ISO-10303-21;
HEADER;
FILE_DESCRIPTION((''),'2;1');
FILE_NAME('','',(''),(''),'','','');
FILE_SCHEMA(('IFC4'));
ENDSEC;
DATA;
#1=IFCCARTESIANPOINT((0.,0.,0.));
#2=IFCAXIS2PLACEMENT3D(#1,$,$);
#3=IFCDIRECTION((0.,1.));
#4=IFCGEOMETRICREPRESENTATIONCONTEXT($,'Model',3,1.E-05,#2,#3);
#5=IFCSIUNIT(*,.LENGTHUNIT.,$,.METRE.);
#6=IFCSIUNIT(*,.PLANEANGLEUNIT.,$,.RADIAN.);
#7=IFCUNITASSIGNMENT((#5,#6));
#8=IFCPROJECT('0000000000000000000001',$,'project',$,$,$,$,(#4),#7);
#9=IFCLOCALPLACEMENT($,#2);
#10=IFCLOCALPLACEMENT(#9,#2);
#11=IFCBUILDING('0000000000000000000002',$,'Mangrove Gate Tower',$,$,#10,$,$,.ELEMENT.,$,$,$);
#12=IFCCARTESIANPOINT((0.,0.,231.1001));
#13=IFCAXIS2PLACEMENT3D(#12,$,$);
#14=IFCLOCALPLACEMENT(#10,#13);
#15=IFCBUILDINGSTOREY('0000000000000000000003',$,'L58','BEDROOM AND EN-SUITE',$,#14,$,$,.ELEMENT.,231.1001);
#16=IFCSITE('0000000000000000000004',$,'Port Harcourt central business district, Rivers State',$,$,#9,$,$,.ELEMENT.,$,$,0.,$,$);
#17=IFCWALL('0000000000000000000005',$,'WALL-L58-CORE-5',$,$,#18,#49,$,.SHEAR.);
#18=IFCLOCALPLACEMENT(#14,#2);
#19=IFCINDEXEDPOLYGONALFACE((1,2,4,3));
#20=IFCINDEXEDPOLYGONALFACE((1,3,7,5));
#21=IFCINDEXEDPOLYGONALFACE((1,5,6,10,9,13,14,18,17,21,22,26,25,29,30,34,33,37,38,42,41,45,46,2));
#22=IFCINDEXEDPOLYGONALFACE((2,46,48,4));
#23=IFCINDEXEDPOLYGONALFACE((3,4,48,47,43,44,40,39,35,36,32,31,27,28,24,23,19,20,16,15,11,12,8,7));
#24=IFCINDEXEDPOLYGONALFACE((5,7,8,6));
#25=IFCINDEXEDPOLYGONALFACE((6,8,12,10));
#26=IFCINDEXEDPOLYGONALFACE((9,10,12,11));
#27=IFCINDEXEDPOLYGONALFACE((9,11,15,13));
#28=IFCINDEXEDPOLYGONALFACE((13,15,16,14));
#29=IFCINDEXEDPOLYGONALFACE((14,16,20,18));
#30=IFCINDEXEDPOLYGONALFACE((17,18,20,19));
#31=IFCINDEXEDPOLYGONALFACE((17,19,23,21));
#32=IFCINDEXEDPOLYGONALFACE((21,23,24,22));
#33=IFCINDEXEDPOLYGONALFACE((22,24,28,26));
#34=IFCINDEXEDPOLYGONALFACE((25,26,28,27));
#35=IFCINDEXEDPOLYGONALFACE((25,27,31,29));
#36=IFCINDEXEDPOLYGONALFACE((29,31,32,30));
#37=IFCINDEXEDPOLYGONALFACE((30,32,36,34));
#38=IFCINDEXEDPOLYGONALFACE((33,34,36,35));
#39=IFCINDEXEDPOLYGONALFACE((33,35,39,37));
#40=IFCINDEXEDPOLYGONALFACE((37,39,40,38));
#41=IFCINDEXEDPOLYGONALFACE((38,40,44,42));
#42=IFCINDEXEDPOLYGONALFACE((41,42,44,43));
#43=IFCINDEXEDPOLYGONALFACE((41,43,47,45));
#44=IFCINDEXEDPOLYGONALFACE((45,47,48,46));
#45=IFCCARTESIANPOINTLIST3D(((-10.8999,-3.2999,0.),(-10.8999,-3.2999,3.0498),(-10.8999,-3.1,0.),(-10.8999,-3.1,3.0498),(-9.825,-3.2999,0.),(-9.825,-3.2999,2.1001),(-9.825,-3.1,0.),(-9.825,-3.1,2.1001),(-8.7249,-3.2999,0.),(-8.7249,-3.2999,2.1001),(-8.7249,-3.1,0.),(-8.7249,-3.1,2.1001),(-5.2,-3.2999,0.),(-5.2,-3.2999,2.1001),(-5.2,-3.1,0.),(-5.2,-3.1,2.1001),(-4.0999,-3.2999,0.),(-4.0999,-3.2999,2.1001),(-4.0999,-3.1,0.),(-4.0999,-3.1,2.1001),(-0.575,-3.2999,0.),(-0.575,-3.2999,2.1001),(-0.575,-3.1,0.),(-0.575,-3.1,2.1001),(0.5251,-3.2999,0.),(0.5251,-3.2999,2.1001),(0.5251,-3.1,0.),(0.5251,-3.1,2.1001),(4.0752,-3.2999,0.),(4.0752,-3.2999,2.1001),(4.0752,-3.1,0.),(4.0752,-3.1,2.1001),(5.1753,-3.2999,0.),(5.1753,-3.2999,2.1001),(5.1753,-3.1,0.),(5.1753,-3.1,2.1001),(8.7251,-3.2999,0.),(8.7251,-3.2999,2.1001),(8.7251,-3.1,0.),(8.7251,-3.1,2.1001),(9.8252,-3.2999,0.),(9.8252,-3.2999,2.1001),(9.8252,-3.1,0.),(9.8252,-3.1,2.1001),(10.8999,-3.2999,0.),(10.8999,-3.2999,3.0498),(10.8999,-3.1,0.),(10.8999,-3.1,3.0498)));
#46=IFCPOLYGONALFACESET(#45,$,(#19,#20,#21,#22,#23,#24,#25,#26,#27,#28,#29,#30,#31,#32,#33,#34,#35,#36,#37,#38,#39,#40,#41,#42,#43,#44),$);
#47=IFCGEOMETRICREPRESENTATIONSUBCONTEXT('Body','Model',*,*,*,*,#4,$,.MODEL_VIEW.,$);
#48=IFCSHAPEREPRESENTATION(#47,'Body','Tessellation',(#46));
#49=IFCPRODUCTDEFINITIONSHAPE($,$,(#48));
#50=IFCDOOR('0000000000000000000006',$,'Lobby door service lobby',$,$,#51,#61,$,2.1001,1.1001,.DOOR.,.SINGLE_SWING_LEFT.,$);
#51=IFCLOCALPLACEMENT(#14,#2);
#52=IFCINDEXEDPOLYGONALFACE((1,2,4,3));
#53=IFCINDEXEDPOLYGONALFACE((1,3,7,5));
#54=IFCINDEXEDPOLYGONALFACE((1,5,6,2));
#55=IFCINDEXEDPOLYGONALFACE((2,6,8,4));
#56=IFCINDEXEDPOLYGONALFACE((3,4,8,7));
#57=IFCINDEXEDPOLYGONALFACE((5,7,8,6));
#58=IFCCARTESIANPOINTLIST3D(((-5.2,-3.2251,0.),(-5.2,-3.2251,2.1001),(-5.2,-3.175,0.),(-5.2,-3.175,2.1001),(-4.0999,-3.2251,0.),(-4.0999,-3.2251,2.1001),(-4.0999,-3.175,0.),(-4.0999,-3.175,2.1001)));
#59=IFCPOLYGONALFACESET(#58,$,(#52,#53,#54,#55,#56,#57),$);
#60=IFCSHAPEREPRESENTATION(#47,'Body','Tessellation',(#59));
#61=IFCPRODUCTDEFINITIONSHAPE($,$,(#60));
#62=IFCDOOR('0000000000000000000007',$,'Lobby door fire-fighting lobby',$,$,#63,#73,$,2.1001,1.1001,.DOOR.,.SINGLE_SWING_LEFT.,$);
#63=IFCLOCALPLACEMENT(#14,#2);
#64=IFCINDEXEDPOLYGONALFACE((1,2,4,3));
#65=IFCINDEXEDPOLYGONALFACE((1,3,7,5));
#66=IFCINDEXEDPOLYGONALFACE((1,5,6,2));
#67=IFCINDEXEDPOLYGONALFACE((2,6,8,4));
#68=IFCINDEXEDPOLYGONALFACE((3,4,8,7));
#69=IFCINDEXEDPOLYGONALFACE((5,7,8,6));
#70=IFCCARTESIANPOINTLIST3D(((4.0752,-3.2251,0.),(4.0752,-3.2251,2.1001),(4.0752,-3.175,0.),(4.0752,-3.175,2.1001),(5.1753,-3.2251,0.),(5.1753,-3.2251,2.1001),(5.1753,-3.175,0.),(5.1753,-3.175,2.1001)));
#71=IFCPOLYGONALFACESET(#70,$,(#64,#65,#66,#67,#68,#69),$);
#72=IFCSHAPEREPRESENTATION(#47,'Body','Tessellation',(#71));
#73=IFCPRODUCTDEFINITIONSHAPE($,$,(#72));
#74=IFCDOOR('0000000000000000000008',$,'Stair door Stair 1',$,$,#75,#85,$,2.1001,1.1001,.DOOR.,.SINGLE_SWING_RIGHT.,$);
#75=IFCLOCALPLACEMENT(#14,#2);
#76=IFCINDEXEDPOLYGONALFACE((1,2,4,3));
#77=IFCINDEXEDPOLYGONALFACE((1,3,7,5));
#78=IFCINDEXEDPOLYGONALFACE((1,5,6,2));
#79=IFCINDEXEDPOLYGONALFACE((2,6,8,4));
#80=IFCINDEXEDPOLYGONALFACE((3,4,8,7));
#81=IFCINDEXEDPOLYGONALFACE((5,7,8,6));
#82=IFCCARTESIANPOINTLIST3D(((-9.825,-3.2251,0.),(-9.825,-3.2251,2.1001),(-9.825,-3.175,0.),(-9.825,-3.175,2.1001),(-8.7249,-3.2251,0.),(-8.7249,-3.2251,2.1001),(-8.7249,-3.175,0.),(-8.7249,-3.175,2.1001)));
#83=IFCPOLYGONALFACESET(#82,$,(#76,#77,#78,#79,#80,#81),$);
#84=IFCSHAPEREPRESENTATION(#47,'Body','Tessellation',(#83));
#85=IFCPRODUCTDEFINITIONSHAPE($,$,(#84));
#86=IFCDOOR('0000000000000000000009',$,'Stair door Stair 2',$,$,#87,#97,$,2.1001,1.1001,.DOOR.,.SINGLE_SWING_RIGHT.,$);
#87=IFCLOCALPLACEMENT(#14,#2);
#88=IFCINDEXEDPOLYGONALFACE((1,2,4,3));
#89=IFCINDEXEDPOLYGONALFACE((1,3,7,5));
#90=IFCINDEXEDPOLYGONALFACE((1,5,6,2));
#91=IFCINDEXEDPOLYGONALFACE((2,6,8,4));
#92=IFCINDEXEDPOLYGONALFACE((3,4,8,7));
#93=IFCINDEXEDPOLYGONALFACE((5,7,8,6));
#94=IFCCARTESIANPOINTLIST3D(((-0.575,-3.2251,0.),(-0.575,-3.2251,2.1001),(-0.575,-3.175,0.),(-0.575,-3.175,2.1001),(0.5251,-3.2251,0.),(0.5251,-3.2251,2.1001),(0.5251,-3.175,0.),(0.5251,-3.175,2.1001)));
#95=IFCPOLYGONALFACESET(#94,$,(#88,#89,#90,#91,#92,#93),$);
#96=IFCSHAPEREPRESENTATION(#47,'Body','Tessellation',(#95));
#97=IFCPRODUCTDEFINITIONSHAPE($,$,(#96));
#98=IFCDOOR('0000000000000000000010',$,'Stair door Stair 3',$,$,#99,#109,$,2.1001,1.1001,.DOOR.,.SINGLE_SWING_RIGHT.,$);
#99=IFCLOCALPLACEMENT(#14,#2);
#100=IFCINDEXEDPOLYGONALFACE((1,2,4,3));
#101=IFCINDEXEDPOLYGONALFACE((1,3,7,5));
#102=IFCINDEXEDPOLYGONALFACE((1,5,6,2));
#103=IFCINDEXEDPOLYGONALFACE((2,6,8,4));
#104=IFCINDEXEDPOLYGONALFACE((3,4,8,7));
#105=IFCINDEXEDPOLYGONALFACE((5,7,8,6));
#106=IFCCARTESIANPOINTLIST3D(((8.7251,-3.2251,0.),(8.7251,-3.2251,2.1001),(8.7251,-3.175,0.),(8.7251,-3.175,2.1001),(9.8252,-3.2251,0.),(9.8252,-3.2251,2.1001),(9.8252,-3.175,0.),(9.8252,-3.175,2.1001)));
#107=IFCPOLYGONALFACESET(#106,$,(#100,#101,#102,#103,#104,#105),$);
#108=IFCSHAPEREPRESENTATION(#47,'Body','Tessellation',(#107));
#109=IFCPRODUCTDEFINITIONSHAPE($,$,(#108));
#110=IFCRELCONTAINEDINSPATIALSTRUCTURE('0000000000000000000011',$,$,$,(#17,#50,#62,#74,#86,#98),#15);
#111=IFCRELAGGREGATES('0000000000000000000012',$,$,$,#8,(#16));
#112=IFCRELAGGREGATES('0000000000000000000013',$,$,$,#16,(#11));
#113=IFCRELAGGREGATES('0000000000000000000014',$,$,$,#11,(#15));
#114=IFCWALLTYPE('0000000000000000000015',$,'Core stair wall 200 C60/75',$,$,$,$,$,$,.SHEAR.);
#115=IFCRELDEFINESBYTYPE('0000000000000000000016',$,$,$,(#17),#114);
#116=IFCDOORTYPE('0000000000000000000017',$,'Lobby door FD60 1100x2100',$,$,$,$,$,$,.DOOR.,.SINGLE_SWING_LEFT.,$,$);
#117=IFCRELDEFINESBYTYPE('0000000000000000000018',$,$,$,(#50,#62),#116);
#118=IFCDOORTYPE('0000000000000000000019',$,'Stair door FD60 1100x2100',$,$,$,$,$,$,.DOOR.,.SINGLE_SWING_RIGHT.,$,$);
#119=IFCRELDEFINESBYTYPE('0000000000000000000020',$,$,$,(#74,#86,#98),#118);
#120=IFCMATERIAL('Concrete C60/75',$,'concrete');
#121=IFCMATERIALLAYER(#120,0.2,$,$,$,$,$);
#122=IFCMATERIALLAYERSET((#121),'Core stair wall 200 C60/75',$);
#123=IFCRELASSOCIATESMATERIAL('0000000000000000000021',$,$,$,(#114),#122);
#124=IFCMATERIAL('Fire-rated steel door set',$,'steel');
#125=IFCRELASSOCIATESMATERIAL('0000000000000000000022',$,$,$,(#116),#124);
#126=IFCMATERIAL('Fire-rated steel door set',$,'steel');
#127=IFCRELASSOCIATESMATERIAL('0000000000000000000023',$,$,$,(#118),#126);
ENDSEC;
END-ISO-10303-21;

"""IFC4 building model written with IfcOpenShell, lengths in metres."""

from ifc_helpers import new_model, si_unit, direction, frame, frame_2d, origin, place, context, subcontext, project, spatial, rectangle, extrude, material, layer, layer_set, type_object, element, fill, save


model = new_model("IFC4")

# Units and contexts
model_context = context("Model", 3, precision=1e-05, world=origin(), true_north=direction((0.0, 1.0)))
body_context = subcontext(model_context, "Body", "Model", "MODEL_VIEW")
ifc_project = project(units=[si_unit("LENGTHUNIT", "METRE"), si_unit("PLANEANGLEUNIT", "RADIAN")], contexts=[model_context])

# Site, building, storey
site_placement = place(None, origin())
site = spatial("IfcSite", under=ifc_project, at=site_placement, Name="Port Harcourt central business district, Rivers State", CompositionType="ELEMENT", RefElevation=0.0)
building_placement = place(site_placement, origin())
building = spatial("IfcBuilding", under=site, at=building_placement, Name="Mangrove Gate Tower", CompositionType="ELEMENT")
storey_placement = place(building_placement, frame((0.0, 0.0, 231.1001)))
storey = spatial("IfcBuildingStorey", under=building, at=storey_placement, Name="L58", Description="BEDROOM AND EN-SUITE", CompositionType="ELEMENT", Elevation=231.1001)

# Wall, openings, doors
ifc_material_1 = material(Name="Concrete C60/75", Category="concrete")
ifc_layer_1 = layer(ifc_material_1, 0.2)
ifc_layer_set_1 = layer_set([ifc_layer_1], Name="Core stair wall 200 C60/75")
wall_type_1 = type_object("IfcWallType", Name="Core stair wall 200 C60/75", PredefinedType="SHEAR", material=ifc_layer_set_1)
wall_1_placement = place(storey_placement, frame((-10.8999, -3.2, 0.0), z_axis=(0.0, 0.0, 1.0), x_axis=(1.0, 0.0, 0.0)))
wall_1 = element("IfcWall", 1, at=wall_1_placement, inside=storey, type_object=wall_type_1, Name="WALL-L58-CORE-5", PredefinedType="SHEAR", context=body_context, shape_type="SweptSolid", body=[
    extrude(rectangle(XDim=21.7998, YDim=0.2, at=frame_2d((10.8999, 0.0))), origin(), (0.0, 0.0, 1.0), 3.0498),
])
opening_1_placement = place(wall_1_placement, frame((1.075, 0.0, 0.0)))
opening_1 = element("IfcOpeningElement", 2, at=opening_1_placement, cuts=wall_1, PredefinedType="OPENING", context=body_context, shape_type="SweptSolid", body=[
    extrude(rectangle(XDim=1.1001, YDim=2.1001, at=frame_2d((0.55, 1.05))), frame((0.0, 0.1099, 0.0), z_axis=(0.0, -1.0, 0.0), x_axis=(1.0, 0.0, 0.0)), (0.0, 0.0, 1.0), 0.22),
])
opening_2_placement = place(wall_1_placement, frame((10.325, 0.0, 0.0)))
opening_2 = element("IfcOpeningElement", 3, at=opening_2_placement, cuts=wall_1, PredefinedType="OPENING", context=body_context, shape_type="SweptSolid", body=[
    extrude(rectangle(XDim=1.1001, YDim=2.1001, at=frame_2d((0.55, 1.05))), frame((0.0, 0.1099, 0.0), z_axis=(0.0, -1.0, 0.0), x_axis=(1.0, 0.0, 0.0)), (0.0, 0.0, 1.0), 0.22),
])
opening_3_placement = place(wall_1_placement, frame((19.625, 0.0, 0.0)))
opening_3 = element("IfcOpeningElement", 4, at=opening_3_placement, cuts=wall_1, PredefinedType="OPENING", context=body_context, shape_type="SweptSolid", body=[
    extrude(rectangle(XDim=1.1001, YDim=2.1001, at=frame_2d((0.55, 1.05))), frame((0.0, 0.1099, 0.0), z_axis=(0.0, -1.0, 0.0), x_axis=(1.0, 0.0, 0.0)), (0.0, 0.0, 1.0), 0.22),
])
opening_4_placement = place(wall_1_placement, frame((5.7, 0.0, 0.0)))
opening_4 = element("IfcOpeningElement", 5, at=opening_4_placement, cuts=wall_1, PredefinedType="OPENING", context=body_context, shape_type="SweptSolid", body=[
    extrude(rectangle(XDim=1.1001, YDim=2.1001, at=frame_2d((0.55, 1.05))), frame((0.0, 0.1099, 0.0), z_axis=(0.0, -1.0, 0.0), x_axis=(1.0, 0.0, 0.0)), (0.0, 0.0, 1.0), 0.22),
])
opening_5_placement = place(wall_1_placement, frame((14.9751, 0.0, 0.0)))
opening_5 = element("IfcOpeningElement", 6, at=opening_5_placement, cuts=wall_1, PredefinedType="OPENING", context=body_context, shape_type="SweptSolid", body=[
    extrude(rectangle(XDim=1.1001, YDim=2.1001, at=frame_2d((0.55, 1.05))), frame((0.0, 0.1099, 0.0), z_axis=(0.0, -1.0, 0.0), x_axis=(1.0, 0.0, 0.0)), (0.0, 0.0, 1.0), 0.22),
])
ifc_material_2 = material(Name="Fire-rated steel door set", Category="steel")
door_type_1 = type_object("IfcDoorType", Name="Lobby door FD60 1100x2100", OperationType="SINGLE_SWING_LEFT", PredefinedType="DOOR", material=ifc_material_2)
door_1_placement = place(opening_4_placement, origin())
door_1 = element("IfcDoor", 7, at=door_1_placement, inside=storey, type_object=door_type_1, Name="Lobby door service lobby", OperationType="SINGLE_SWING_LEFT", OverallHeight=2.1001, OverallWidth=1.1001, PredefinedType="DOOR", context=body_context, shape_type="SweptSolid", body=[
    extrude(rectangle(XDim=1.1001, YDim=2.1001, at=frame_2d((0.55, 1.05))), frame((0.0, 0.0249, 0.0), z_axis=(0.0, -1.0, 0.0), x_axis=(1.0, 0.0, 0.0)), (0.0, 0.0, 1.0), 0.05),
])
fill(opening_4, door_1)
door_2_placement = place(opening_5_placement, origin())
door_2 = element("IfcDoor", 8, at=door_2_placement, inside=storey, type_object=door_type_1, Name="Lobby door fire-fighting lobby", OperationType="SINGLE_SWING_LEFT", OverallHeight=2.1001, OverallWidth=1.1001, PredefinedType="DOOR", context=body_context, shape_type="SweptSolid", body=[
    extrude(rectangle(XDim=1.1001, YDim=2.1001, at=frame_2d((0.55, 1.05))), frame((0.0, 0.0249, 0.0), z_axis=(0.0, -1.0, 0.0), x_axis=(1.0, 0.0, 0.0)), (0.0, 0.0, 1.0), 0.05),
])
fill(opening_5, door_2)
ifc_material_3 = material(Name="Fire-rated steel door set", Category="steel")
door_type_2 = type_object("IfcDoorType", Name="Stair door FD60 1100x2100", OperationType="SINGLE_SWING_RIGHT", PredefinedType="DOOR", material=ifc_material_3)
door_3_placement = place(opening_1_placement, origin())
door_3 = element("IfcDoor", 9, at=door_3_placement, inside=storey, type_object=door_type_2, Name="Stair door Stair 1", OperationType="SINGLE_SWING_RIGHT", OverallHeight=2.1001, OverallWidth=1.1001, PredefinedType="DOOR", context=body_context, shape_type="SweptSolid", body=[
    extrude(rectangle(XDim=1.1001, YDim=2.1001, at=frame_2d((0.55, 1.05))), frame((0.0, 0.0249, 0.0), z_axis=(0.0, -1.0, 0.0), x_axis=(1.0, 0.0, 0.0)), (0.0, 0.0, 1.0), 0.05),
])
fill(opening_1, door_3)
door_4_placement = place(opening_2_placement, origin())
door_4 = element("IfcDoor", 10, at=door_4_placement, inside=storey, type_object=door_type_2, Name="Stair door Stair 2", OperationType="SINGLE_SWING_RIGHT", OverallHeight=2.1001, OverallWidth=1.1001, PredefinedType="DOOR", context=body_context, shape_type="SweptSolid", body=[
    extrude(rectangle(XDim=1.1001, YDim=2.1001, at=frame_2d((0.55, 1.05))), frame((0.0, 0.0249, 0.0), z_axis=(0.0, -1.0, 0.0), x_axis=(1.0, 0.0, 0.0)), (0.0, 0.0, 1.0), 0.05),
])
fill(opening_2, door_4)
door_5_placement = place(opening_3_placement, origin())
door_5 = element("IfcDoor", 11, at=door_5_placement, inside=storey, type_object=door_type_2, Name="Stair door Stair 3", OperationType="SINGLE_SWING_RIGHT", OverallHeight=2.1001, OverallWidth=1.1001, PredefinedType="DOOR", context=body_context, shape_type="SweptSolid", body=[
    extrude(rectangle(XDim=1.1001, YDim=2.1001, at=frame_2d((0.55, 1.05))), frame((0.0, 0.0249, 0.0), z_axis=(0.0, -1.0, 0.0), x_axis=(1.0, 0.0, 0.0)), (0.0, 0.0, 1.0), 0.05),
])
fill(opening_3, door_5)

save(model, "model.ifc")
